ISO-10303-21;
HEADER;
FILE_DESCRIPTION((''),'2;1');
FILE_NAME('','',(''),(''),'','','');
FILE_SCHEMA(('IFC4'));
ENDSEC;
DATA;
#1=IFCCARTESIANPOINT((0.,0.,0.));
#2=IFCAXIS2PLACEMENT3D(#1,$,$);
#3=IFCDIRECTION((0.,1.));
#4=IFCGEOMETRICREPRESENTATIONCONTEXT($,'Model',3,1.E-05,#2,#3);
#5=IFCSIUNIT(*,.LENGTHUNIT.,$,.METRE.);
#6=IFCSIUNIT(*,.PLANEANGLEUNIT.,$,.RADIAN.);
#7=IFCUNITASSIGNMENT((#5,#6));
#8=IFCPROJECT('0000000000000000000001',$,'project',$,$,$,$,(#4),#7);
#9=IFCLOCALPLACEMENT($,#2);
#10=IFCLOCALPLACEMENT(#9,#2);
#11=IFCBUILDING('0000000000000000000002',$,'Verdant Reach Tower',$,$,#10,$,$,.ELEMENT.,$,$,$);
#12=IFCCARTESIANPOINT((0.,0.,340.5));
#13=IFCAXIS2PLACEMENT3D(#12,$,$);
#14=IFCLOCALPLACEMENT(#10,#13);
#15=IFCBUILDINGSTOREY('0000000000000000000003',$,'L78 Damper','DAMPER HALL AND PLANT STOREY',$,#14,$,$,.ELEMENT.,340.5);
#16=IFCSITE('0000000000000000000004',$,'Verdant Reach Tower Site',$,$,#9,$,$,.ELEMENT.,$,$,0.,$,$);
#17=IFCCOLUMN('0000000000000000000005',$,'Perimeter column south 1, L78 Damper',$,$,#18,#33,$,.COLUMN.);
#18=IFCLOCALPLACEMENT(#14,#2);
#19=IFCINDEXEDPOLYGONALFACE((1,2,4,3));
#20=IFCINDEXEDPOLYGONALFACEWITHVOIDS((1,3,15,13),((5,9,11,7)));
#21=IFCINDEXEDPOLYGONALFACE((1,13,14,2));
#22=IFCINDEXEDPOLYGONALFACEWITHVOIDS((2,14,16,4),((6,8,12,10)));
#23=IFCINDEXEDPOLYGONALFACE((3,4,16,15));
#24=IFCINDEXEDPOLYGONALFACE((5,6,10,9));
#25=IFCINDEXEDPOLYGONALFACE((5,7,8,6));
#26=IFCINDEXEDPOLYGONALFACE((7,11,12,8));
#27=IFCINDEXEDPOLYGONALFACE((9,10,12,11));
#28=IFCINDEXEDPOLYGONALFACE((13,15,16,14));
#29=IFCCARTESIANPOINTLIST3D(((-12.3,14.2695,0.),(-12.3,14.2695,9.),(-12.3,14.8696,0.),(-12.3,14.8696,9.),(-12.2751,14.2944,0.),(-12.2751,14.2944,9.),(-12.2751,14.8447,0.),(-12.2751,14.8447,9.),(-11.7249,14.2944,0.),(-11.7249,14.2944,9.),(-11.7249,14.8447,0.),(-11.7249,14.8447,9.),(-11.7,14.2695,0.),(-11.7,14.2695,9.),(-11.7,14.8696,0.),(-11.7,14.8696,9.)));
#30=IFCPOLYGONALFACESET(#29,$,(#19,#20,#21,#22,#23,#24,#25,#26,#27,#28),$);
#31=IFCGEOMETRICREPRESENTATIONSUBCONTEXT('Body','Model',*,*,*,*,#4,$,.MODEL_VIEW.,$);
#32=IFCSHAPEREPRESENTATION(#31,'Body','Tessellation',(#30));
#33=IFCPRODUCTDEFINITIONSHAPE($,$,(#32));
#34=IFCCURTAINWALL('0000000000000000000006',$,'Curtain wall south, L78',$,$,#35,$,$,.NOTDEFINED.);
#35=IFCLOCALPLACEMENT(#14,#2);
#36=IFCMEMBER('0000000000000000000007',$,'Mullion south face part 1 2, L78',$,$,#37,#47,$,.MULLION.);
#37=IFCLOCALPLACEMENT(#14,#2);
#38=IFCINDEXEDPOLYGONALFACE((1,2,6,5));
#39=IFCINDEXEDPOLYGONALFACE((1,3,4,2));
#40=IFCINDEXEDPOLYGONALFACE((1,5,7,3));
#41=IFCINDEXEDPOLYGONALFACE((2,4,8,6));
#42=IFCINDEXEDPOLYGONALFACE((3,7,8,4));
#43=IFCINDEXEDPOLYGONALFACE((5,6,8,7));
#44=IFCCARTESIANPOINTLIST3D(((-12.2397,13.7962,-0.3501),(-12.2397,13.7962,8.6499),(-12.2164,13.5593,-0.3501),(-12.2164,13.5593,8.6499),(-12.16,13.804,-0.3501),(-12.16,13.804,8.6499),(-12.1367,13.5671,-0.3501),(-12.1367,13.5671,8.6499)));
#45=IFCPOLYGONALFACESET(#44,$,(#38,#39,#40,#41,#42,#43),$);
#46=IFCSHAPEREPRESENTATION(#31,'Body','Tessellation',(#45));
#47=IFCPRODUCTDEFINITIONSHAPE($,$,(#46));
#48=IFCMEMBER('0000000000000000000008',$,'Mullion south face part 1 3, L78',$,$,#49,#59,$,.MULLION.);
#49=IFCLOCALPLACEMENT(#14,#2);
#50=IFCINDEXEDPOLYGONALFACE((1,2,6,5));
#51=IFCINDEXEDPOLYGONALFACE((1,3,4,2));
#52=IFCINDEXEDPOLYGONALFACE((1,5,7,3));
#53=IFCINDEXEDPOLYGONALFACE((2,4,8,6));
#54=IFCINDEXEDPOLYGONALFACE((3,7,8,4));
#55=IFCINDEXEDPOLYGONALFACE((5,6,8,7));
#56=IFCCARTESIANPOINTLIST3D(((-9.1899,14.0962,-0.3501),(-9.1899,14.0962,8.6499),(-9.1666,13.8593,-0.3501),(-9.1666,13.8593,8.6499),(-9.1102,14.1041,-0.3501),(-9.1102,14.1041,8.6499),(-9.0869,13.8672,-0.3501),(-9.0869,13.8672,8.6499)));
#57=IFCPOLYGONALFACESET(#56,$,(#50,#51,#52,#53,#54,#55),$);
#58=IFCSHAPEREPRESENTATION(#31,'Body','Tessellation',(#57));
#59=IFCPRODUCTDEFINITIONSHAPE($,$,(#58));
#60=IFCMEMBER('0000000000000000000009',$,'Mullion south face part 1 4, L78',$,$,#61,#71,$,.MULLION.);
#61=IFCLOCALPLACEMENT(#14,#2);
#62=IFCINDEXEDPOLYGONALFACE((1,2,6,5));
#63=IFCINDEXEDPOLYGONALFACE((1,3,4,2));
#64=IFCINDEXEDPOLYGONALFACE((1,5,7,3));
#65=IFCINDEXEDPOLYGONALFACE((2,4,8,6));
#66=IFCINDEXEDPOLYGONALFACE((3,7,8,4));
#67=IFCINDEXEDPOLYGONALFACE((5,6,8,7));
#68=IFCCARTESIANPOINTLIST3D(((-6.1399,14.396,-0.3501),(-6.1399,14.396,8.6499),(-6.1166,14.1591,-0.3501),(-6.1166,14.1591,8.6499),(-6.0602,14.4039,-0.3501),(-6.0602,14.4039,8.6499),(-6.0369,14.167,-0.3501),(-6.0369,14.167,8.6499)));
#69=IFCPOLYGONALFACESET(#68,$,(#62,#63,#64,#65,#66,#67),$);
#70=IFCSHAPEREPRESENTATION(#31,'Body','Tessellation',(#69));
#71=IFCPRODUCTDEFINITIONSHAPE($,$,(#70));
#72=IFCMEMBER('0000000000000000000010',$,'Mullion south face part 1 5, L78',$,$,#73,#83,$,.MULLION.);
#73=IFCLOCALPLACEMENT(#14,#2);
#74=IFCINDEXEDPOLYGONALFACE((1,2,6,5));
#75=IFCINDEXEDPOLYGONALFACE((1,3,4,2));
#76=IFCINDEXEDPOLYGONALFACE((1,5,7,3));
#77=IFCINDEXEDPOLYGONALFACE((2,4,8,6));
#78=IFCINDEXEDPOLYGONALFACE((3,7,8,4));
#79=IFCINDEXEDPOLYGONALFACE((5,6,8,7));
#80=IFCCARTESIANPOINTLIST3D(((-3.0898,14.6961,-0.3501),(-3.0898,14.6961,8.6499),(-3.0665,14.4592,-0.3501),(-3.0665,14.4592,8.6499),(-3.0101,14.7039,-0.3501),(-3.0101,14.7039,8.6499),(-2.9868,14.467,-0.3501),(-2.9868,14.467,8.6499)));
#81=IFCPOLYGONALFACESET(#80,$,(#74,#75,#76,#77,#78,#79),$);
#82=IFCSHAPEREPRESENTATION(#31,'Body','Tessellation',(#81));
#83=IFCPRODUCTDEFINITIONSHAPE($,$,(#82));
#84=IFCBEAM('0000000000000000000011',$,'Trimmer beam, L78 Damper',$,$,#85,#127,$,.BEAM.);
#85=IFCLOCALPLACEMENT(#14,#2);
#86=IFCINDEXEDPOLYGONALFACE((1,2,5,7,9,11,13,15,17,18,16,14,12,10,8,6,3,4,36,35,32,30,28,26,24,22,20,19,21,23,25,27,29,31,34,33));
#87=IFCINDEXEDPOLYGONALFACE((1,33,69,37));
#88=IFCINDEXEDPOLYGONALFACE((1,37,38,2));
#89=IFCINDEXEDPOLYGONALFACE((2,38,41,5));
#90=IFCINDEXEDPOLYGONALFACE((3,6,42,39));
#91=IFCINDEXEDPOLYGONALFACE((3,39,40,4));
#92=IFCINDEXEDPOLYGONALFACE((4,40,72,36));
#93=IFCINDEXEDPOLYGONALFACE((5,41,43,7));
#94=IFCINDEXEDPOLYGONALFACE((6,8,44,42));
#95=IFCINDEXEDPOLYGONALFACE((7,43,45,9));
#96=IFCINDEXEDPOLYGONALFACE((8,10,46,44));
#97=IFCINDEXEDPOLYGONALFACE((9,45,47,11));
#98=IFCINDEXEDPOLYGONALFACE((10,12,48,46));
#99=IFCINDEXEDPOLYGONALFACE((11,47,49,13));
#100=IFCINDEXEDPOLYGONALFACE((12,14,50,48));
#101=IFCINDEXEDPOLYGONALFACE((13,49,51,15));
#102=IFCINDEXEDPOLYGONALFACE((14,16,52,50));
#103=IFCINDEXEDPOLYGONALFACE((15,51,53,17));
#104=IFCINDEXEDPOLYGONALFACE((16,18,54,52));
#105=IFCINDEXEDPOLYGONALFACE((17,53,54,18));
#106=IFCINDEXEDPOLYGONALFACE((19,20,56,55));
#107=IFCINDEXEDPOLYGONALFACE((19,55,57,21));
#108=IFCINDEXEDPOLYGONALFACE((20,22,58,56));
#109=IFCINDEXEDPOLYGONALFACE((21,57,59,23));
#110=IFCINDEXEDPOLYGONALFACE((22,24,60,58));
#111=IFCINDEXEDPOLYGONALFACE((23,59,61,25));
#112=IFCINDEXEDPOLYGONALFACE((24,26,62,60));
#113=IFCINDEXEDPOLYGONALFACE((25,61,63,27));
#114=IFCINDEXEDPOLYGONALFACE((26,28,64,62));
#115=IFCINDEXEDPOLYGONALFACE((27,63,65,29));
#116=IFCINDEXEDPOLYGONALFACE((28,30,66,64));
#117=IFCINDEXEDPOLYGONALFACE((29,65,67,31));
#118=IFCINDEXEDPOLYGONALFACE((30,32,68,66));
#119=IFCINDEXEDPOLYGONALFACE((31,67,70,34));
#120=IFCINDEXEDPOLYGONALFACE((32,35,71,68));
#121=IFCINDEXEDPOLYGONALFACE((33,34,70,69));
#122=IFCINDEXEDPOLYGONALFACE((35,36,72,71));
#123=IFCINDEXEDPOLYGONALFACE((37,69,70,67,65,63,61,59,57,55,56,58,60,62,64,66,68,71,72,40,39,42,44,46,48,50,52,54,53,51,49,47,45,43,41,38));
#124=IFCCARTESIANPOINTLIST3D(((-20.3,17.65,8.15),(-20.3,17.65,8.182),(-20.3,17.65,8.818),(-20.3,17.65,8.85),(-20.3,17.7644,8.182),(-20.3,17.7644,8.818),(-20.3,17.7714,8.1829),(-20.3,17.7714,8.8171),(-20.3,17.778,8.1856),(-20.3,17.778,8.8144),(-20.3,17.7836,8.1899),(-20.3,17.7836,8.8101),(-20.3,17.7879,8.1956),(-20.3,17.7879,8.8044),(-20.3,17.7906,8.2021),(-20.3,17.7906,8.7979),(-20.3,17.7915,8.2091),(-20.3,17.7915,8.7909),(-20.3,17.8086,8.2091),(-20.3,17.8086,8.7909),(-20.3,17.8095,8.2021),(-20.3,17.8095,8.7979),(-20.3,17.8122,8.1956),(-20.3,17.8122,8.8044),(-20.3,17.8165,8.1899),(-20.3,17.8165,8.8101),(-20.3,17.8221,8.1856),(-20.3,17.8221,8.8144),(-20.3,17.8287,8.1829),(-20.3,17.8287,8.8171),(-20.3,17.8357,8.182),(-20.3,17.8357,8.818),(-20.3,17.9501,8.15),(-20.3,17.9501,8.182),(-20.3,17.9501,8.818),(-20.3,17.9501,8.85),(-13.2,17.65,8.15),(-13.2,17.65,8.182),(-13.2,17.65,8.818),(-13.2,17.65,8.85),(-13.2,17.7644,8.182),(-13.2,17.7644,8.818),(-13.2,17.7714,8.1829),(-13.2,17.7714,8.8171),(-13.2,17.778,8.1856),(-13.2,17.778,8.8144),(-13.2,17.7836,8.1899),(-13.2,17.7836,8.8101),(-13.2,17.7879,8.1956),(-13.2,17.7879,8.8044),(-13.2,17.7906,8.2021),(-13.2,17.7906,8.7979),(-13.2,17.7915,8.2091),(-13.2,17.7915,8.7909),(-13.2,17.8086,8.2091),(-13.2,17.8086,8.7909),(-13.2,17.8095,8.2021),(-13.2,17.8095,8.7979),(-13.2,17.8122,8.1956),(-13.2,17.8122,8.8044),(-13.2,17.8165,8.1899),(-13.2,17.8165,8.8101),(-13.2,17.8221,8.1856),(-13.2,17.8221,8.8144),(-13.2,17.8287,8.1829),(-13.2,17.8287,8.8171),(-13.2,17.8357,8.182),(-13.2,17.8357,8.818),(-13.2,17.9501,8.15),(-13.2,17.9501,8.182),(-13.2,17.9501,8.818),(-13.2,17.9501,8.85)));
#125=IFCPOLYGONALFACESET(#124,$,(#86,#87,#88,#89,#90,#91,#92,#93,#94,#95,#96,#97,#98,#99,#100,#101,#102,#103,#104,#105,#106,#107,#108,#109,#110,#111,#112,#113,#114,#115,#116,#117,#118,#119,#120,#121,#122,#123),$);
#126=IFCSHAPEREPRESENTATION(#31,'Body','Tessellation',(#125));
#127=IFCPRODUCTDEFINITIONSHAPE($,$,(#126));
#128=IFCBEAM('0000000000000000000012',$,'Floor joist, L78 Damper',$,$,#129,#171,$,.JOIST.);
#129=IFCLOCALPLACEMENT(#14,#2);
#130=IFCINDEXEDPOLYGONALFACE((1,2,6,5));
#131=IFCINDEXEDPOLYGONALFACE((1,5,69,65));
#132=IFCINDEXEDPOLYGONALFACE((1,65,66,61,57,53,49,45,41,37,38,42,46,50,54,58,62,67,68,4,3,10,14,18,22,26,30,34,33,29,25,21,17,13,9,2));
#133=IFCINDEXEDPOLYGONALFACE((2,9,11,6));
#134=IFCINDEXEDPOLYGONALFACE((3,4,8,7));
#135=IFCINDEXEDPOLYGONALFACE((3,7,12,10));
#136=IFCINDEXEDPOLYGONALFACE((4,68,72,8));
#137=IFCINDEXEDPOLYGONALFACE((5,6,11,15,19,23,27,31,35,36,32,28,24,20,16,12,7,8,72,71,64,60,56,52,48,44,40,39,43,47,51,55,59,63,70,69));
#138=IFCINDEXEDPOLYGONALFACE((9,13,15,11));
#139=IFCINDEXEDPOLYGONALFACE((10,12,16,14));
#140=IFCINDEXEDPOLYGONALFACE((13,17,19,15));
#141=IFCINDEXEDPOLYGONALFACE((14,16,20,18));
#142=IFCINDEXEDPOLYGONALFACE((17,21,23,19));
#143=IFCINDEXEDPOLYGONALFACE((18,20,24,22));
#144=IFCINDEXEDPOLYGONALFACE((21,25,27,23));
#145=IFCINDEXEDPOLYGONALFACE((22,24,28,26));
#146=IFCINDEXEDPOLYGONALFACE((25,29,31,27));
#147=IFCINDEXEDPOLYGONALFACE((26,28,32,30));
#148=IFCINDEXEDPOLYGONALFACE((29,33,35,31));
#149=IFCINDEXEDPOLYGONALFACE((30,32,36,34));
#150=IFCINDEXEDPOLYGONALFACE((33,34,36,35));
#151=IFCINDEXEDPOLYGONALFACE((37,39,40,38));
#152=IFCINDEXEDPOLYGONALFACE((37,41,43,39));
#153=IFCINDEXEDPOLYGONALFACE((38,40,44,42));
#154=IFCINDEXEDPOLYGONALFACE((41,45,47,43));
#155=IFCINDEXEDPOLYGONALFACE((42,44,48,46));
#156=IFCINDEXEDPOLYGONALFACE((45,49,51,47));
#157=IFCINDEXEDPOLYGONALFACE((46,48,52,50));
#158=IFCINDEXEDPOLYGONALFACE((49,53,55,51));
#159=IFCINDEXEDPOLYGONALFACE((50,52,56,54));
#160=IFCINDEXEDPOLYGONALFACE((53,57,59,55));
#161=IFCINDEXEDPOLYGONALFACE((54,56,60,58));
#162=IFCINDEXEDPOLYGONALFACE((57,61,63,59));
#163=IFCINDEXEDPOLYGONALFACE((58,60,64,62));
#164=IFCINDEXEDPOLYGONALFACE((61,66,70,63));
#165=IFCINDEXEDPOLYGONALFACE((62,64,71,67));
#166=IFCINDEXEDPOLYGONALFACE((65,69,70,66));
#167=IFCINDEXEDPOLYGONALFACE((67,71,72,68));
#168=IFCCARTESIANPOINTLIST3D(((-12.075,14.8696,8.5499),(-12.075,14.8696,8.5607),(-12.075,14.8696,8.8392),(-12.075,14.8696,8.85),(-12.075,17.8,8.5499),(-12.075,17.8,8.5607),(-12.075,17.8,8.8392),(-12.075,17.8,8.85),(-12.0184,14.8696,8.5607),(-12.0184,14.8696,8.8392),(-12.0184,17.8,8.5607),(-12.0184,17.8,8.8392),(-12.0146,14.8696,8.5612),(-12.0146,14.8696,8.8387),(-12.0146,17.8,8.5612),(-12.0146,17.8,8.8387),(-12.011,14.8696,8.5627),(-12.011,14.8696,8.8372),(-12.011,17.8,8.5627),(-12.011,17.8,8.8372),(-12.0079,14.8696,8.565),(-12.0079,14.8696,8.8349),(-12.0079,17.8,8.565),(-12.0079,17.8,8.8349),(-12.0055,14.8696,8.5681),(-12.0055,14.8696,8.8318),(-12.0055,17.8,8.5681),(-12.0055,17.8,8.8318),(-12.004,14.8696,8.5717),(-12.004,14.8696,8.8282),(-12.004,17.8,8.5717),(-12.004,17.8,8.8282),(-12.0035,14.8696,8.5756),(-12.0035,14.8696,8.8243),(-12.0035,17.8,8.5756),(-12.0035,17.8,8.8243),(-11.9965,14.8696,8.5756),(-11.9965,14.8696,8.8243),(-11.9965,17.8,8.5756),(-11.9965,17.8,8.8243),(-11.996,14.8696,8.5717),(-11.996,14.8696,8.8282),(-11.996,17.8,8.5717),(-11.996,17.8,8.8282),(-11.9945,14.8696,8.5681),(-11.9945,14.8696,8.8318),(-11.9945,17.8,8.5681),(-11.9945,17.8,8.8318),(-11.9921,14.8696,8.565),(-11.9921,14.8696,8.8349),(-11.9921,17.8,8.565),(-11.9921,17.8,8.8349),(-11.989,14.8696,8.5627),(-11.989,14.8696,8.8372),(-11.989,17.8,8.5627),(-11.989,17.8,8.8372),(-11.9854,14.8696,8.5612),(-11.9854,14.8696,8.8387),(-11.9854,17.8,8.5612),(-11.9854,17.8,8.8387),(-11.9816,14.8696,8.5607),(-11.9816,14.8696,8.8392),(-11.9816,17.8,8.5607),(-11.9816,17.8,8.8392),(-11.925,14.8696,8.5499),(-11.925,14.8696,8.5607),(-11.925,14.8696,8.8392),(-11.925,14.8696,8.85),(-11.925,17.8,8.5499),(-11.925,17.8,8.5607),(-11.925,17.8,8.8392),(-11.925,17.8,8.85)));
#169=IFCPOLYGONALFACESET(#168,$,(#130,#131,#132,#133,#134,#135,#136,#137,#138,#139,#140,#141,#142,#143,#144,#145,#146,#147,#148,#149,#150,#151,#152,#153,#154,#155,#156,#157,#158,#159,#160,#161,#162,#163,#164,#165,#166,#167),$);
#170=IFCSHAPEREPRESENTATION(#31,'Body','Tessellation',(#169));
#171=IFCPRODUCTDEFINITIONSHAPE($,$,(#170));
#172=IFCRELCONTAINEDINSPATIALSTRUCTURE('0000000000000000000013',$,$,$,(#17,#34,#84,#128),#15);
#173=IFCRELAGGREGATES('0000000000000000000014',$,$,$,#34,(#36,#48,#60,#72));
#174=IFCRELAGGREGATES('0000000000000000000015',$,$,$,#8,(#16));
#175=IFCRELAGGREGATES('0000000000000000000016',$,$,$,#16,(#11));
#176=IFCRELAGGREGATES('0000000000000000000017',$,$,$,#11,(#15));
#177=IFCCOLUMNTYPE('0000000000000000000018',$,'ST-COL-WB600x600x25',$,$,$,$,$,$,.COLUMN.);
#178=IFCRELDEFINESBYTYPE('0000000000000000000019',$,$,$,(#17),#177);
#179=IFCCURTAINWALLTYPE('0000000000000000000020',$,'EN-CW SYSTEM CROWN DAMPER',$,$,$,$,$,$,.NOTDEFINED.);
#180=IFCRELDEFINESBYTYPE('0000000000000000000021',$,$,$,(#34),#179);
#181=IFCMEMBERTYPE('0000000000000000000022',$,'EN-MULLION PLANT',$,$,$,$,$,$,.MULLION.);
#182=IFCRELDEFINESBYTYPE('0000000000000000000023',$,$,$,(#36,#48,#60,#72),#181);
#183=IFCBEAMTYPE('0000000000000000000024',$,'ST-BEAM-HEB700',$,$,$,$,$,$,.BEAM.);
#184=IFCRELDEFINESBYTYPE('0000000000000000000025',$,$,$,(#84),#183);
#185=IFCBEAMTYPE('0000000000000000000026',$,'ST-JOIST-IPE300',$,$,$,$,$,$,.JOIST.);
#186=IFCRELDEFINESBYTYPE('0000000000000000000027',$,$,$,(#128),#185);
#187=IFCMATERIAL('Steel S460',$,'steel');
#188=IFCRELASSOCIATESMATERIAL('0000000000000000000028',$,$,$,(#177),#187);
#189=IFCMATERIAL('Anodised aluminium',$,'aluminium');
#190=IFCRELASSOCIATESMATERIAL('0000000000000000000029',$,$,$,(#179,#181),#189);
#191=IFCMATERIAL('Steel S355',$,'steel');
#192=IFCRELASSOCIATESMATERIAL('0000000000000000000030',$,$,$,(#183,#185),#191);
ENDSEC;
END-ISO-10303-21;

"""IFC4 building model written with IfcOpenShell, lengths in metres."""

from ifc_helpers import new_model, si_unit, direction, frame, origin, origin_2d, place, context, subcontext, project, spatial, rectangle, hollow_rectangle, i_section, extrude, material, material_profile, profile_set, type_object, element, aggregate, save


model = new_model("IFC4")

# Units and contexts
model_context = context("Model", 3, precision=1e-05, world=origin(), true_north=direction((0.0, 1.0)))
body_context = subcontext(model_context, "Body", "Model", "MODEL_VIEW")
ifc_project = project(units=[si_unit("LENGTHUNIT", "METRE"), si_unit("PLANEANGLEUNIT", "RADIAN")], contexts=[model_context])

# Site, building, storey
site_placement = place(None, origin())
site = spatial("IfcSite", under=ifc_project, at=site_placement, Name="Verdant Reach Tower Site", CompositionType="ELEMENT", RefElevation=0.0)
building_placement = place(site_placement, origin())
building = spatial("IfcBuilding", under=site, at=building_placement, Name="Verdant Reach Tower", CompositionType="ELEMENT")
storey_placement = place(building_placement, frame((0.0, 0.0, 340.5)))
storey = spatial("IfcBuildingStorey", under=building, at=storey_placement, Name="L78 Damper", Description="DAMPER HALL AND PLANT STOREY", CompositionType="ELEMENT", Elevation=340.5)

# Column
ifc_material_1 = material(Name="Steel S460", Category="steel")
ifc_material_profile_1 = material_profile(ifc_material_1, hollow_rectangle(XDim=0.6001, YDim=0.6001, WallThickness=0.0249, at=origin_2d()), Name="WB 600x600x25")
ifc_profile_set_1 = profile_set([ifc_material_profile_1], Name="Steel S460")
column_type = type_object("IfcColumnType", Name="ST-COL-WB600x600x25", PredefinedType="COLUMN", material=ifc_profile_set_1)
column_placement = place(storey_placement, frame((-12.0, 14.5696, 0.0), z_axis=(0.0, 0.0, 1.0), x_axis=(1.0, 0.0, 0.0)))
element("IfcColumn", 1, at=column_placement, inside=storey, type_object=column_type, Name="Perimeter column south 1, L78 Damper", PredefinedType="COLUMN", context=body_context, shape_type="SweptSolid", body=[
    extrude(hollow_rectangle(XDim=0.6001, YDim=0.6001, WallThickness=0.0249, at=origin_2d()), origin(), (0.0, 0.0, 1.0), 9.0),
])

# Curtain wall, members
ifc_material_2 = material(Name="Anodised aluminium", Category="aluminium")
curtain_wall_type = type_object("IfcCurtainWallType", Name="EN-CW SYSTEM CROWN DAMPER", PredefinedType="NOTDEFINED", material=ifc_material_2)
curtain_wall_placement = place(storey_placement, origin())
curtain_wall = element("IfcCurtainWall", 2, at=curtain_wall_placement, inside=storey, type_object=curtain_wall_type, Name="Curtain wall south, L78", PredefinedType="NOTDEFINED")
ifc_material_profile_2 = material_profile(ifc_material_2, rectangle(XDim=0.238, YDim=0.0801, at=origin_2d()), Name="Mullion 80x240")
ifc_profile_set_2 = profile_set([ifc_material_profile_2], Name="Anodised aluminium")
member_type = type_object("IfcMemberType", Name="EN-MULLION PLANT", PredefinedType="MULLION", material=ifc_profile_set_2)
member_1_placement = place(storey_placement, frame((-12.1882, 13.6816, -0.3501), z_axis=(0.0, 0.0, 1.0), x_axis=(0.097888, -0.995197, 0.0)))
member_1 = element("IfcMember", 3, at=member_1_placement, type_object=member_type, Name="Mullion south face part 1 2, L78", PredefinedType="MULLION", context=body_context, shape_type="SweptSolid", body=[
    extrude(rectangle(XDim=0.238, YDim=0.0801, at=origin_2d()), origin(), (0.0, 0.0, 1.0), 9.0),
])
member_2_placement = place(storey_placement, frame((-9.1384, 13.9817, -0.3501), z_axis=(0.0, 0.0, 1.0), x_axis=(0.097888, -0.995197, 0.0)))
member_2 = element("IfcMember", 4, at=member_2_placement, type_object=member_type, Name="Mullion south face part 1 3, L78", PredefinedType="MULLION", context=body_context, shape_type="SweptSolid", body=[
    extrude(rectangle(XDim=0.238, YDim=0.0801, at=origin_2d()), origin(), (0.0, 0.0, 1.0), 9.0),
])
member_3_placement = place(storey_placement, frame((-6.0884, 14.2815, -0.3501), z_axis=(0.0, 0.0, 1.0), x_axis=(0.097888, -0.995197, 0.0)))
member_3 = element("IfcMember", 5, at=member_3_placement, type_object=member_type, Name="Mullion south face part 1 4, L78", PredefinedType="MULLION", context=body_context, shape_type="SweptSolid", body=[
    extrude(rectangle(XDim=0.238, YDim=0.0801, at=origin_2d()), origin(), (0.0, 0.0, 1.0), 9.0),
])
member_4_placement = place(storey_placement, frame((-3.0383, 14.5815, -0.3501), z_axis=(0.0, 0.0, 1.0), x_axis=(0.097888, -0.995197, 0.0)))
member_4 = element("IfcMember", 6, at=member_4_placement, type_object=member_type, Name="Mullion south face part 1 5, L78", PredefinedType="MULLION", context=body_context, shape_type="SweptSolid", body=[
    extrude(rectangle(XDim=0.238, YDim=0.0801, at=origin_2d()), origin(), (0.0, 0.0, 1.0), 9.0),
])

# Beams
ifc_material_3 = material(Name="Steel S355", Category="steel")
ifc_material_profile_3 = material_profile(ifc_material_3, i_section(OverallWidth=0.3, OverallDepth=0.7, WebThickness=0.0171, FlangeThickness=0.032, FilletRadius=0.0271, at=origin_2d()), Name="HEB 700")
ifc_profile_set_3 = profile_set([ifc_material_profile_3], Name="Steel S355")
beam_type_1 = type_object("IfcBeamType", Name="ST-BEAM-HEB700", PredefinedType="BEAM", material=ifc_profile_set_3)
beam_1_placement = place(storey_placement, frame((-13.2, 17.8, 8.5), z_axis=(-1.0, 0.0, 0.0), x_axis=(0.0, -1.0, 0.0)))
element("IfcBeam", 7, at=beam_1_placement, inside=storey, type_object=beam_type_1, Name="Trimmer beam, L78 Damper", PredefinedType="BEAM", context=body_context, shape_type="SweptSolid", body=[
    extrude(i_section(OverallWidth=0.3, OverallDepth=0.7, WebThickness=0.0171, FlangeThickness=0.032, FilletRadius=0.0271, at=origin_2d()), origin(), (0.0, 0.0, 1.0), 7.1001),
])
ifc_material_profile_4 = material_profile(ifc_material_3, i_section(OverallWidth=0.1499, OverallDepth=0.3, WebThickness=0.0071, FlangeThickness=0.0107, FilletRadius=0.0149, at=origin_2d()), Name="IPE 300")
ifc_profile_set_4 = profile_set([ifc_material_profile_4], Name="Steel S355")
beam_type_2 = type_object("IfcBeamType", Name="ST-JOIST-IPE300", PredefinedType="JOIST", material=ifc_profile_set_4)
beam_2_placement = place(storey_placement, frame((-12.0, 17.8, 8.7), z_axis=(0.0, -1.0, 0.0), x_axis=(1.0, 0.0, 0.0)))
element("IfcBeam", 8, at=beam_2_placement, inside=storey, type_object=beam_type_2, Name="Floor joist, L78 Damper", PredefinedType="JOIST", context=body_context, shape_type="SweptSolid", body=[
    extrude(i_section(OverallWidth=0.1499, OverallDepth=0.3, WebThickness=0.0071, FlangeThickness=0.0107, FilletRadius=0.0149, at=origin_2d()), origin(), (0.0, 0.0, 1.0), 2.9304),
])

aggregate(curtain_wall, [member_1, member_2, member_3, member_4])

save(model, "model.ifc")
